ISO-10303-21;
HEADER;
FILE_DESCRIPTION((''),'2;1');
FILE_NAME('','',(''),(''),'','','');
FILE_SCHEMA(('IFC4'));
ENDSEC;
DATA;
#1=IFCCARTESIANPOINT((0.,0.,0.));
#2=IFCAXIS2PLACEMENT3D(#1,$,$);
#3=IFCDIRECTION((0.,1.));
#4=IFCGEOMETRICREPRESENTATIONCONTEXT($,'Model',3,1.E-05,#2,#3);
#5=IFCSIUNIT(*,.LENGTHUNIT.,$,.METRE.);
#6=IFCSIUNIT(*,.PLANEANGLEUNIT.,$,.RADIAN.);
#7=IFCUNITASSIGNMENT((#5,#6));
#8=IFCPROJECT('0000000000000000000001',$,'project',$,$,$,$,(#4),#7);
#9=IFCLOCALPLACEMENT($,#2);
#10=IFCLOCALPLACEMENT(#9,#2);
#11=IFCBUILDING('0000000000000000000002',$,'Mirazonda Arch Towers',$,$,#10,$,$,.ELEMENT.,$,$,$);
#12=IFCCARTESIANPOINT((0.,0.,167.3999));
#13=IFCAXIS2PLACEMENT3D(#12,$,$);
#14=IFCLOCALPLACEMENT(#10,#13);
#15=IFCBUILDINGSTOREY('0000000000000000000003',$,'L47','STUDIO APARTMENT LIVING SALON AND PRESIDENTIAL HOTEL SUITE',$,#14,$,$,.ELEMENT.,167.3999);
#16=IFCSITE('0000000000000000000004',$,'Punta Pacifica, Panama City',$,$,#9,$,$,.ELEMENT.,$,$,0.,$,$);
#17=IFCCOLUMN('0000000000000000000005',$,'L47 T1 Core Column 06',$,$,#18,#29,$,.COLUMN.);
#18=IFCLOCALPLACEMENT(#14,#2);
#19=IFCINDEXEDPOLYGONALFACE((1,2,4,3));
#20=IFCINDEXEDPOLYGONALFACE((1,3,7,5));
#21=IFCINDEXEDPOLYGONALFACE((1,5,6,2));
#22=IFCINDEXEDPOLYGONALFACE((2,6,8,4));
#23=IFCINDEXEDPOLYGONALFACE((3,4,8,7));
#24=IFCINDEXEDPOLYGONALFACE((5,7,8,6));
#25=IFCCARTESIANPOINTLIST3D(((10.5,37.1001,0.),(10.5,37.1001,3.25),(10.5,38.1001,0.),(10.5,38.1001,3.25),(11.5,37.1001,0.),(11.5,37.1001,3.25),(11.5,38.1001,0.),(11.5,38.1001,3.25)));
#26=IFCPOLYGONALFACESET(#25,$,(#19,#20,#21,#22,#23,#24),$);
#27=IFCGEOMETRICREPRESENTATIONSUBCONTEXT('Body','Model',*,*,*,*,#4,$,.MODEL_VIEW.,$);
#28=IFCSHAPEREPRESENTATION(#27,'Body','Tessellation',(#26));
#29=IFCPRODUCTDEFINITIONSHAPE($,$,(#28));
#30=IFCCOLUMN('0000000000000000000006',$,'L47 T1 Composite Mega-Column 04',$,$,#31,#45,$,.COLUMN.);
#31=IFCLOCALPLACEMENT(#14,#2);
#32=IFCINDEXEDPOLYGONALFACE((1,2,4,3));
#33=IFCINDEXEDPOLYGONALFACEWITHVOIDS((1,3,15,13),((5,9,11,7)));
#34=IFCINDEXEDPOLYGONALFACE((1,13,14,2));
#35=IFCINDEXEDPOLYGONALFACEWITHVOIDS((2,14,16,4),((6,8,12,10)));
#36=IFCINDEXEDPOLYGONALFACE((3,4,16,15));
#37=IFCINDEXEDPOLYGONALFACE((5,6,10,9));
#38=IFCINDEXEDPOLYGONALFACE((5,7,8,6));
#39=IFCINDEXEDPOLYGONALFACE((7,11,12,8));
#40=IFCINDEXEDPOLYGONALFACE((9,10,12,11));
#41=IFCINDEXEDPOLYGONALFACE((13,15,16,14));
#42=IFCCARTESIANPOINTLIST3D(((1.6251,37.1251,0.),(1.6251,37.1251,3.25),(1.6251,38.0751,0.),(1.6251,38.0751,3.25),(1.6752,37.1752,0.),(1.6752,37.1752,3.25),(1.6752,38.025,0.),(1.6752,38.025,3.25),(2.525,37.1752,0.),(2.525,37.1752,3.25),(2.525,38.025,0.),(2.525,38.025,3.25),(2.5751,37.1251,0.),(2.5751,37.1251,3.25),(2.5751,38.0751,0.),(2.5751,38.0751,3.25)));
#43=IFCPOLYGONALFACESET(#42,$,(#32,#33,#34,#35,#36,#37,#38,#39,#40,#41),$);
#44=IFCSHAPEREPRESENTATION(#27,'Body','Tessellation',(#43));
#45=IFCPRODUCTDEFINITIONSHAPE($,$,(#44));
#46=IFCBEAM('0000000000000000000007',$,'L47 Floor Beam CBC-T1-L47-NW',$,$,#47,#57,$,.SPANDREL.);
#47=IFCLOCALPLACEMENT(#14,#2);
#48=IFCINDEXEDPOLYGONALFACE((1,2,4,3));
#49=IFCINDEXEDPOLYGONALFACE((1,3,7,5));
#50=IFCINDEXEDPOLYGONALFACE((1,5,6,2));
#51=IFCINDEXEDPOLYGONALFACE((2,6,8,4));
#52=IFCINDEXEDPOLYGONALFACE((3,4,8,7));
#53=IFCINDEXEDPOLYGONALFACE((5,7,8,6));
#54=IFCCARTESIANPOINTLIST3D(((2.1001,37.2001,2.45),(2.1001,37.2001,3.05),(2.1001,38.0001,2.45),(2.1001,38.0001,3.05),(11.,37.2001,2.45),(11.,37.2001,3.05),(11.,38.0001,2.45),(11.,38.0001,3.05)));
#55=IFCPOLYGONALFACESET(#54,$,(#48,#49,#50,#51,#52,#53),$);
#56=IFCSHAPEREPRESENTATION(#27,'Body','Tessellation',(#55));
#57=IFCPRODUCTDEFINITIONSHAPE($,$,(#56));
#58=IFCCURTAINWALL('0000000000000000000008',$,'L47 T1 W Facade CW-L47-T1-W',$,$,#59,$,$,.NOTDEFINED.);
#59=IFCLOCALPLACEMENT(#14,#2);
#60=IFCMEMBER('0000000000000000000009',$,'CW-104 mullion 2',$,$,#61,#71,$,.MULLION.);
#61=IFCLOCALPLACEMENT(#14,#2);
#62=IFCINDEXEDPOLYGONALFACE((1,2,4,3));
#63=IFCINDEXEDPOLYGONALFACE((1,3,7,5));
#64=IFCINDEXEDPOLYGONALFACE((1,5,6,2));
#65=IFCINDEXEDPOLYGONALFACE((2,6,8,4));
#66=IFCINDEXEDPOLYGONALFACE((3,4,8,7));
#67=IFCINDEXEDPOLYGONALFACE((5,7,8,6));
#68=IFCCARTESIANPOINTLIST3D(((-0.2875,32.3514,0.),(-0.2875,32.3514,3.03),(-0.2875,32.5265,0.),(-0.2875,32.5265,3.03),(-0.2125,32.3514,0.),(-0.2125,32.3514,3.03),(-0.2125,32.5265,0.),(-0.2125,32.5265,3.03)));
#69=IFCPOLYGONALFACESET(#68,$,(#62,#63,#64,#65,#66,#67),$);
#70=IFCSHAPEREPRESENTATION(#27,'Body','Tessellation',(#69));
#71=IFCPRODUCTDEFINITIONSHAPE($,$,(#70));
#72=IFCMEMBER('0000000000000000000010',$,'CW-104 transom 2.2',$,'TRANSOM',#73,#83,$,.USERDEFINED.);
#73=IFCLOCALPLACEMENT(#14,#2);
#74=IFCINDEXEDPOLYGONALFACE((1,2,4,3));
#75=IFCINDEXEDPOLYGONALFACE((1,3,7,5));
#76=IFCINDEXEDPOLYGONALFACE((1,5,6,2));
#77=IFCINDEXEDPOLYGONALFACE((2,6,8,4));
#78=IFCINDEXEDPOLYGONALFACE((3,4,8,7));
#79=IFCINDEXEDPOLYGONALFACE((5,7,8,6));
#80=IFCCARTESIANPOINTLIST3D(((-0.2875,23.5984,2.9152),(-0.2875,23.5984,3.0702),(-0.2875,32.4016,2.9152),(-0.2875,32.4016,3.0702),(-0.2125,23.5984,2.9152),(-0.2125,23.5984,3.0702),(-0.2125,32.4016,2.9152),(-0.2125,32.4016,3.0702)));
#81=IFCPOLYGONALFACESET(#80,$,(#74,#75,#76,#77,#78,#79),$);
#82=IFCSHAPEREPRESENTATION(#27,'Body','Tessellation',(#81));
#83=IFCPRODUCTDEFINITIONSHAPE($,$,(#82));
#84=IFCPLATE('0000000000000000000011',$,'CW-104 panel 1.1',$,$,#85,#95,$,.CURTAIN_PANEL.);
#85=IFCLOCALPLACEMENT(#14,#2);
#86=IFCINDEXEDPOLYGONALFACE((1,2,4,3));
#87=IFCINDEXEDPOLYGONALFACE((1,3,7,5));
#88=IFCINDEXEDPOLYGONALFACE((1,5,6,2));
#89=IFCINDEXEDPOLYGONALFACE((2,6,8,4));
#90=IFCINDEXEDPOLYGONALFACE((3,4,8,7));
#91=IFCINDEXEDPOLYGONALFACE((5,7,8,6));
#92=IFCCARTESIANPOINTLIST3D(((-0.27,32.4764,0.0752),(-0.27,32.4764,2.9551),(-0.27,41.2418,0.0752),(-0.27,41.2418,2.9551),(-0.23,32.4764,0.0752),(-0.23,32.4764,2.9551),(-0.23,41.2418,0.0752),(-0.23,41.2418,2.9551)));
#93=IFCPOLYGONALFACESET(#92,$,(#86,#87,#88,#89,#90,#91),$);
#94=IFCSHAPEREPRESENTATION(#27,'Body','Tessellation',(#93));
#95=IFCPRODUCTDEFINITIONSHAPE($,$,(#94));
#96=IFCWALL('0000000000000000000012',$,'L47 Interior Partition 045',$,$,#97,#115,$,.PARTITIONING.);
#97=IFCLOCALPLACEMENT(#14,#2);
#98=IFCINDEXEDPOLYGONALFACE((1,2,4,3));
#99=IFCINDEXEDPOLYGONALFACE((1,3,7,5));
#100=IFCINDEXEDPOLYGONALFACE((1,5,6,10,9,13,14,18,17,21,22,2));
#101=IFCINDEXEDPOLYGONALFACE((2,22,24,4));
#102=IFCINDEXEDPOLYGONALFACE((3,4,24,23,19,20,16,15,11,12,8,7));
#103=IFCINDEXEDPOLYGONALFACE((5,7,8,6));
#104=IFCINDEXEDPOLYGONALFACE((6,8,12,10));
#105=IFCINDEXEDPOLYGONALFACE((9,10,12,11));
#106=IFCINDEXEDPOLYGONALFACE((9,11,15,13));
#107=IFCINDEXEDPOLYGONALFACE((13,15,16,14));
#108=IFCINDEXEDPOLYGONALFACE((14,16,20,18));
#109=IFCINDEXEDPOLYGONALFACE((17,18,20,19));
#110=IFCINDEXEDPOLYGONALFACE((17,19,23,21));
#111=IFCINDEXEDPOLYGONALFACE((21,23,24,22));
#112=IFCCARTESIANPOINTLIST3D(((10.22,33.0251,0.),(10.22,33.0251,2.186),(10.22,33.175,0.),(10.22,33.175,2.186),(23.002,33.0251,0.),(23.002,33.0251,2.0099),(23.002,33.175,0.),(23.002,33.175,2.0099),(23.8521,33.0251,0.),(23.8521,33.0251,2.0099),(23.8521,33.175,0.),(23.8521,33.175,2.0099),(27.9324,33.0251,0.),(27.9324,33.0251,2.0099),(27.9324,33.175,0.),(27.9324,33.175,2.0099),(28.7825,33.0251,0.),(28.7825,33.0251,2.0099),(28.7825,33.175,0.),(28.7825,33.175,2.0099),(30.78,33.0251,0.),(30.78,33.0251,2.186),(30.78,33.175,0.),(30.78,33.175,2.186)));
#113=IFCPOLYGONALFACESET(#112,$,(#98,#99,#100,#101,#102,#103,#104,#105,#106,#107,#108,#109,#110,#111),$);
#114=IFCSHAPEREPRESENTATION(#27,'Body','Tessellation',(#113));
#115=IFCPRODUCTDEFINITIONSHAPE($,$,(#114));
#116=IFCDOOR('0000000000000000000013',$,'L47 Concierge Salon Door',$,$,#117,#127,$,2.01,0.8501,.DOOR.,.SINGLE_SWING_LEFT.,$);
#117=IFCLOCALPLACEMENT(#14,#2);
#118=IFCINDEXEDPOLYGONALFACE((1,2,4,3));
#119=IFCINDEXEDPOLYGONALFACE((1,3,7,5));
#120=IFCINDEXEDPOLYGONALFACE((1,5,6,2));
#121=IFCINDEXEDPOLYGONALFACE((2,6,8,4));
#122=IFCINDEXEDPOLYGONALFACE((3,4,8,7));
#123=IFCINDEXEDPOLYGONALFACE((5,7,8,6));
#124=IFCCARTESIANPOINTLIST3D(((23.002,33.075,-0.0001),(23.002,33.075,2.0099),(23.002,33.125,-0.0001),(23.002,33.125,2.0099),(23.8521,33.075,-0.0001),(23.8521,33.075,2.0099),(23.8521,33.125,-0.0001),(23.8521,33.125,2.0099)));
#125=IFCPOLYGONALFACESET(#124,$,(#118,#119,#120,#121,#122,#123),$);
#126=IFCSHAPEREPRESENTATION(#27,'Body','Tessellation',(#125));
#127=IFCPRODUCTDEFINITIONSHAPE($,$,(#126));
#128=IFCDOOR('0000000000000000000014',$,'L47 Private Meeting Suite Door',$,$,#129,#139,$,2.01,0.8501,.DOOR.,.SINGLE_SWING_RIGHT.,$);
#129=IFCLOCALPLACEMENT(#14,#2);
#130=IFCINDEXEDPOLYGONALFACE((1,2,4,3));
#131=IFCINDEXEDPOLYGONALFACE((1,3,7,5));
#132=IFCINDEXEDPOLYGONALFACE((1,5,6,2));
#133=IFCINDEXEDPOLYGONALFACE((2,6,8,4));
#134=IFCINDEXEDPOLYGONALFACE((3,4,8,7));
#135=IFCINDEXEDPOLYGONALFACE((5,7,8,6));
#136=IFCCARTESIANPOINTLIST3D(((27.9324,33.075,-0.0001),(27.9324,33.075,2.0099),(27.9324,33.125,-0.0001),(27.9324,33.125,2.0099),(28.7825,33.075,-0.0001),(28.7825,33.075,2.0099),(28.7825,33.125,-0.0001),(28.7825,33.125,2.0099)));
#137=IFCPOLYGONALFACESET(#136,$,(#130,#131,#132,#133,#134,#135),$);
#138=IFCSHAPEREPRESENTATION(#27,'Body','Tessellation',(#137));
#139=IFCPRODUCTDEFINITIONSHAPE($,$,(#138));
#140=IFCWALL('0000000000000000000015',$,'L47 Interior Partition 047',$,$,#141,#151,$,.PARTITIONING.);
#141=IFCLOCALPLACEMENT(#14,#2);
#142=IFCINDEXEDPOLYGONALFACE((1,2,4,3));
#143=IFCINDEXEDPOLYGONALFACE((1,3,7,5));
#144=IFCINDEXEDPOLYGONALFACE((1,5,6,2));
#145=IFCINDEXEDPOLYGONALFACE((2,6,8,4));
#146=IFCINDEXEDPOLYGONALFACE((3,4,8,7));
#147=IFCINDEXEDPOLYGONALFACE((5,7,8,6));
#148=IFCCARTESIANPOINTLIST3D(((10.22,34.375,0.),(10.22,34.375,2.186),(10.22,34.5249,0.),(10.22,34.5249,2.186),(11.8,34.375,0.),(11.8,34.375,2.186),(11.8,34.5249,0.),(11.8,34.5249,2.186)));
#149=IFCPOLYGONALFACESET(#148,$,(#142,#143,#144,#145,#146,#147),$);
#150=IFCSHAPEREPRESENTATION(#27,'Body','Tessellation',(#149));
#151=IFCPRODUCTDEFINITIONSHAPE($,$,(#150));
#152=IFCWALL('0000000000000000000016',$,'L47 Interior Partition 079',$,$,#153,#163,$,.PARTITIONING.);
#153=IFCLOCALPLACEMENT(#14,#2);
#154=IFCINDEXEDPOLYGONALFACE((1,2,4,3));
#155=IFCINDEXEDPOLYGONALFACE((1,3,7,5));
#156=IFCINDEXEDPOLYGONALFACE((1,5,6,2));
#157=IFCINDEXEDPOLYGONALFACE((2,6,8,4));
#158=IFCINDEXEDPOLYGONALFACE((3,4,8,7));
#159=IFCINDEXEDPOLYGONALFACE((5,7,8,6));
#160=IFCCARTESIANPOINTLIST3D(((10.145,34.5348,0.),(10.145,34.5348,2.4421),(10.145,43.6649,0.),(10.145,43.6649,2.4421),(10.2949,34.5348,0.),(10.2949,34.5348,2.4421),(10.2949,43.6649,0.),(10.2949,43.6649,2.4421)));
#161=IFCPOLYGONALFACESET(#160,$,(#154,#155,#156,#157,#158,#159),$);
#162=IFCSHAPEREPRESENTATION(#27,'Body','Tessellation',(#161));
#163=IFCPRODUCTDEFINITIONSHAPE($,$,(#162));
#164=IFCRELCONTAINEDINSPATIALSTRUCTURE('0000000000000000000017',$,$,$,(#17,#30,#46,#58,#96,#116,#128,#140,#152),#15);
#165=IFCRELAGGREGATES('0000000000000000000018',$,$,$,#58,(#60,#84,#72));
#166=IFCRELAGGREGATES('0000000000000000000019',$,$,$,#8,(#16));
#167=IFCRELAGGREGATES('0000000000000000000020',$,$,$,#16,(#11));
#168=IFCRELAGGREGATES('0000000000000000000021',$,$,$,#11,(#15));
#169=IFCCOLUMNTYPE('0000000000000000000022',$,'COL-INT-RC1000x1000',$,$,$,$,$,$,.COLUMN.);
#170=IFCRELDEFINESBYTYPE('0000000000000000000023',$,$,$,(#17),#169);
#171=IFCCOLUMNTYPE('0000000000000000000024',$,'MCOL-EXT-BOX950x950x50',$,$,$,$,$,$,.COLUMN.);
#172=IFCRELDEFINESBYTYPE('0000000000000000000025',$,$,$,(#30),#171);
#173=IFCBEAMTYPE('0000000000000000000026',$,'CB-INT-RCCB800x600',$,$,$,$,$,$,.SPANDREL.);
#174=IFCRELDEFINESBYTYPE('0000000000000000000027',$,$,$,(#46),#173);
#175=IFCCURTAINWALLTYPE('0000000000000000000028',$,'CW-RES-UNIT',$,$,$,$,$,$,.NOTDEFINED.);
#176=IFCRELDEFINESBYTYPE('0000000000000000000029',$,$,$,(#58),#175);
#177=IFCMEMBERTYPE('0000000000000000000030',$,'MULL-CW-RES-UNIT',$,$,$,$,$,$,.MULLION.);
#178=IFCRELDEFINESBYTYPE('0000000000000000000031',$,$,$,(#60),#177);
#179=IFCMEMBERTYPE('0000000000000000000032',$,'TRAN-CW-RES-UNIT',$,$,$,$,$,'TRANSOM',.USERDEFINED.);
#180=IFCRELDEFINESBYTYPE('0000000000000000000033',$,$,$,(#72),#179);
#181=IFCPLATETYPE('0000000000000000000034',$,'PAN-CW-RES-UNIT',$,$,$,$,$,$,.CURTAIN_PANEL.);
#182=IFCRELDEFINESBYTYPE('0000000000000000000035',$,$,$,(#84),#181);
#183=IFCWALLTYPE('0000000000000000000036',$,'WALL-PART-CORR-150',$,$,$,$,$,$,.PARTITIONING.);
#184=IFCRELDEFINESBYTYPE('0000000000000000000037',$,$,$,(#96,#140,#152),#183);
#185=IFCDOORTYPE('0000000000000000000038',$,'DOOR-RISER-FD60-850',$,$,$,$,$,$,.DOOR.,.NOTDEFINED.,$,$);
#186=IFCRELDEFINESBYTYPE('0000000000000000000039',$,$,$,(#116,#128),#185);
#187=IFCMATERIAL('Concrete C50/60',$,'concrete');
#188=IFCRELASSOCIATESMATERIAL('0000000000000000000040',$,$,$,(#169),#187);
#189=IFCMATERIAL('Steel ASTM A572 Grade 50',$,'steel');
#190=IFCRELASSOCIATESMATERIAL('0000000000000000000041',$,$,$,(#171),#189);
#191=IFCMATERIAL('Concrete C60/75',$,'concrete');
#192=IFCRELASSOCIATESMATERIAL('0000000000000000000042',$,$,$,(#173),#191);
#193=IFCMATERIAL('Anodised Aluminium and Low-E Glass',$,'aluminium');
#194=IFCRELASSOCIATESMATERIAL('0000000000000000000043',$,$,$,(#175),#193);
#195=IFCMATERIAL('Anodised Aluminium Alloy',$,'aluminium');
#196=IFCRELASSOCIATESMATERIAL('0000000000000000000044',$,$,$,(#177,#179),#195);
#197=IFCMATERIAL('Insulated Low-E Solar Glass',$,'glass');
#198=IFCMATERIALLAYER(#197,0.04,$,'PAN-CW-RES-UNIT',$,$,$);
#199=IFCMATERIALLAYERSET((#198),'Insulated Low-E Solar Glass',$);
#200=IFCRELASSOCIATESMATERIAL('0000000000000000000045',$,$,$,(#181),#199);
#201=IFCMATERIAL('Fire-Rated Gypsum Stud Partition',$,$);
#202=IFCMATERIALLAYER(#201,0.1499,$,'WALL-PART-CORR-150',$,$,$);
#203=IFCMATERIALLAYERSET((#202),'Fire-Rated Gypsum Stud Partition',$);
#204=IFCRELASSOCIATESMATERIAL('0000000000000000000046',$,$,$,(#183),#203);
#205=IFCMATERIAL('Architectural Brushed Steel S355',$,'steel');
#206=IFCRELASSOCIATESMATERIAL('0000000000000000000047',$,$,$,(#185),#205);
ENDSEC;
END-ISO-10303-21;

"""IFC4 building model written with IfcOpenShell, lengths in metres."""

from ifc_helpers import new_model, si_unit, direction, frame, frame_2d, origin, origin_2d, place, context, subcontext, project, spatial, rectangle, hollow_rectangle, extrude, material, layer, layer_set, material_profile, profile_set, type_object, element, fill, aggregate, save


model = new_model("IFC4")

# Units and contexts
model_context = context("Model", 3, precision=1e-05, world=origin(), true_north=direction((0.0, 1.0)))
body_context = subcontext(model_context, "Body", "Model", "MODEL_VIEW")
ifc_project = project(units=[si_unit("LENGTHUNIT", "METRE"), si_unit("PLANEANGLEUNIT", "RADIAN")], contexts=[model_context])

# Site, building, storey
site_placement = place(None, origin())
site = spatial("IfcSite", under=ifc_project, at=site_placement, Name="Punta Pacifica, Panama City", CompositionType="ELEMENT", RefElevation=0.0)
building_placement = place(site_placement, origin())
building = spatial("IfcBuilding", under=site, at=building_placement, Name="Mirazonda Arch Towers", CompositionType="ELEMENT")
storey_placement = place(building_placement, frame((0.0, 0.0, 167.3999)))
storey = spatial("IfcBuildingStorey", under=building, at=storey_placement, Name="L47", Description="STUDIO APARTMENT LIVING SALON AND PRESIDENTIAL HOTEL SUITE", CompositionType="ELEMENT", Elevation=167.3999)

# Columns
ifc_material_1 = material(Name="Concrete C50/60", Category="concrete")
ifc_material_profile_1 = material_profile(ifc_material_1, rectangle(XDim=1.0, YDim=1.0, at=origin_2d()), Name="RC1000x1000")
ifc_profile_set_1 = profile_set([ifc_material_profile_1], Name="Concrete C50/60")
column_type_1 = type_object("IfcColumnType", Name="COL-INT-RC1000x1000", PredefinedType="COLUMN", material=ifc_profile_set_1)
column_1_placement = place(storey_placement, frame((11.0, 37.6001, 0.0), z_axis=(0.0, 0.0, 1.0), x_axis=(1.0, 0.0, 0.0)))
element("IfcColumn", 1, at=column_1_placement, inside=storey, type_object=column_type_1, Name="L47 T1 Core Column 06", PredefinedType="COLUMN", context=body_context, shape_type="SweptSolid", body=[
    extrude(rectangle(XDim=1.0, YDim=1.0, at=origin_2d()), origin(), (0.0, 0.0, 1.0), 3.25),
])
ifc_material_2 = material(Name="Steel ASTM A572 Grade 50", Category="steel")
ifc_material_profile_2 = material_profile(ifc_material_2, hollow_rectangle(XDim=0.95, YDim=0.95, WallThickness=0.05, at=origin_2d()), Name="BOX950x950x50")
ifc_profile_set_2 = profile_set([ifc_material_profile_2], Name="Steel ASTM A572 Grade 50")
column_type_2 = type_object("IfcColumnType", Name="MCOL-EXT-BOX950x950x50", PredefinedType="COLUMN", material=ifc_profile_set_2)
column_2_placement = place(storey_placement, frame((2.1001, 37.6001, 0.0), z_axis=(0.0, 0.0, 1.0), x_axis=(1.0, 0.0, 0.0)))
element("IfcColumn", 2, at=column_2_placement, inside=storey, type_object=column_type_2, Name="L47 T1 Composite Mega-Column 04", PredefinedType="COLUMN", context=body_context, shape_type="SweptSolid", body=[
    extrude(hollow_rectangle(XDim=0.95, YDim=0.95, WallThickness=0.05, at=origin_2d()), origin(), (0.0, 0.0, 1.0), 3.25),
])

# Beam
ifc_material_3 = material(Name="Concrete C60/75", Category="concrete")
ifc_material_profile_3 = material_profile(ifc_material_3, rectangle(XDim=0.8, YDim=0.6001, at=origin_2d()), Name="RCCB800x600")
ifc_profile_set_3 = profile_set([ifc_material_profile_3], Name="Concrete C60/75")
beam_type = type_object("IfcBeamType", Name="CB-INT-RCCB800x600", PredefinedType="SPANDREL", material=ifc_profile_set_3)
beam_placement = place(storey_placement, frame((2.1001, 37.6001, 2.75), z_axis=(1.0, 0.0, 0.0), x_axis=(0.0, 1.0, 0.0)))
element("IfcBeam", 3, at=beam_placement, inside=storey, type_object=beam_type, Name="L47 Floor Beam CBC-T1-L47-NW", PredefinedType="SPANDREL", context=body_context, shape_type="SweptSolid", body=[
    extrude(rectangle(XDim=0.8, YDim=0.6001, at=origin_2d()), origin(), (0.0, 0.0, 1.0), 8.8999),
])

# Curtain wall, members, plate
ifc_material_4 = material(Name="Anodised Aluminium and Low-E Glass", Category="aluminium")
curtain_wall_type = type_object("IfcCurtainWallType", Name="CW-RES-UNIT", PredefinedType="NOTDEFINED", material=ifc_material_4)
curtain_wall_placement = place(storey_placement, origin())
curtain_wall = element("IfcCurtainWall", 4, at=curtain_wall_placement, inside=storey, type_object=curtain_wall_type, Name="L47 T1 W Facade CW-L47-T1-W", PredefinedType="NOTDEFINED")
ifc_material_5 = material(Name="Anodised Aluminium Alloy", Category="aluminium")
ifc_material_profile_4 = material_profile(ifc_material_5, rectangle(XDim=0.075, YDim=0.175, at=origin_2d()), Name="ALU-MULL-75x175")
ifc_profile_set_4 = profile_set([ifc_material_profile_4], Name="Anodised Aluminium Alloy")
member_type_1 = type_object("IfcMemberType", Name="MULL-CW-RES-UNIT", PredefinedType="MULLION", material=ifc_profile_set_4)
member_1_placement = place(storey_placement, frame((-0.25, 32.439, 0.0), z_axis=(0.0, 0.0, 1.0), x_axis=(1.0, 0.0, 0.0)))
member_1 = element("IfcMember", 5, at=member_1_placement, type_object=member_type_1, Name="CW-104 mullion 2", PredefinedType="MULLION", context=body_context, shape_type="SweptSolid", body=[
    extrude(rectangle(XDim=0.075, YDim=0.175, at=origin_2d()), origin(), (0.0, 0.0, 1.0), 3.03),
])
ifc_material_profile_5 = material_profile(ifc_material_5, rectangle(XDim=0.075, YDim=0.155, at=origin_2d()), Name="ALU-TRAN-75x155")
ifc_profile_set_5 = profile_set([ifc_material_profile_5], Name="Anodised Aluminium Alloy")
member_type_2 = type_object("IfcMemberType", Name="TRAN-CW-RES-UNIT", ElementType="TRANSOM", PredefinedType="USERDEFINED", material=ifc_profile_set_5)
member_2_placement = place(storey_placement, frame((-0.25, 32.4016, 2.9927), z_axis=(0.0, -1.0, 0.0), x_axis=(1.0, 0.0, 0.0)))
member_2 = element("IfcMember", 6, at=member_2_placement, type_object=member_type_2, Name="CW-104 transom 2.2", ObjectType="TRANSOM", PredefinedType="USERDEFINED", context=body_context, shape_type="SweptSolid", body=[
    extrude(rectangle(XDim=0.075, YDim=0.155, at=origin_2d()), origin(), (0.0, 0.0, 1.0), 8.8032),
])
ifc_material_6 = material(Name="Insulated Low-E Solar Glass", Category="glass")
ifc_layer_1 = layer(ifc_material_6, 0.04, Name="PAN-CW-RES-UNIT")
ifc_layer_set_1 = layer_set([ifc_layer_1], Name="Insulated Low-E Solar Glass")
plate_type = type_object("IfcPlateType", Name="PAN-CW-RES-UNIT", PredefinedType="CURTAIN_PANEL", material=ifc_layer_set_1)
plate_placement = place(storey_placement, frame((-0.25, 36.8591, 0.0752), z_axis=(0.0, 0.0, 1.0), x_axis=(0.0, -1.0, 0.0)))
plate = element("IfcPlate", 7, at=plate_placement, type_object=plate_type, Name="CW-104 panel 1.1", PredefinedType="CURTAIN_PANEL", context=body_context, shape_type="SweptSolid", body=[
    extrude(rectangle(XDim=8.7654, YDim=0.04, at=origin_2d()), origin(), (0.0, 0.0, 1.0), 2.8799),
])
aggregate(curtain_wall, [member_1, plate, member_2])

# Wall, openings, doors
ifc_material_7 = material(Name="Fire-Rated Gypsum Stud Partition")
ifc_layer_2 = layer(ifc_material_7, 0.1499, Name="WALL-PART-CORR-150")
ifc_layer_set_2 = layer_set([ifc_layer_2], Name="Fire-Rated Gypsum Stud Partition")
wall_type_1 = type_object("IfcWallType", Name="WALL-PART-CORR-150", PredefinedType="PARTITIONING", material=ifc_layer_set_2)
wall_1_placement = place(storey_placement, frame((10.22, 33.1001, 0.0), z_axis=(0.0, 0.0, 1.0), x_axis=(1.0, 0.0, 0.0)))
wall_1 = element("IfcWall", 8, at=wall_1_placement, inside=storey, type_object=wall_type_1, Name="L47 Interior Partition 045", PredefinedType="PARTITIONING", context=body_context, shape_type="SweptSolid", body=[
    extrude(rectangle(XDim=20.5601, YDim=0.1499, at=frame_2d((10.28, 0.0))), origin(), (0.0, 0.0, 1.0), 2.186),
])
opening_1_placement = place(wall_1_placement, frame((12.782, 0.0, 0.0)))
opening_1 = element("IfcOpeningElement", 9, at=opening_1_placement, cuts=wall_1, PredefinedType="OPENING", context=body_context, shape_type="SweptSolid", body=[
    extrude(rectangle(XDim=0.8501, YDim=2.01, at=frame_2d((0.425, 1.0049))), frame((0.0, 0.085, 0.0), z_axis=(0.0, -1.0, 0.0), x_axis=(1.0, 0.0, 0.0)), (0.0, 0.0, 1.0), 0.1699),
])
opening_2_placement = place(wall_1_placement, frame((17.7124, 0.0, 0.0)))
opening_2 = element("IfcOpeningElement", 10, at=opening_2_placement, cuts=wall_1, PredefinedType="OPENING", context=body_context, shape_type="SweptSolid", body=[
    extrude(rectangle(XDim=0.8501, YDim=2.01, at=frame_2d((0.425, 1.0049))), frame((0.0, 0.085, 0.0), z_axis=(0.0, -1.0, 0.0), x_axis=(1.0, 0.0, 0.0)), (0.0, 0.0, 1.0), 0.1699),
])
ifc_material_8 = material(Name="Architectural Brushed Steel S355", Category="steel")
door_type_1 = type_object("IfcDoorType", Name="DOOR-RISER-FD60-850", OperationType="NOTDEFINED", PredefinedType="DOOR", material=ifc_material_8)
door_1_placement = place(opening_1_placement, origin())
door_1 = element("IfcDoor", 11, at=door_1_placement, inside=storey, type_object=door_type_1, Name="L47 Concierge Salon Door", OperationType="SINGLE_SWING_LEFT", OverallHeight=2.01, OverallWidth=0.8501, PredefinedType="DOOR", context=body_context, shape_type="SweptSolid", body=[
    extrude(rectangle(XDim=0.8501, YDim=2.01, at=frame_2d((0.425, 1.0049))), frame((0.0, 0.0249, 0.0), z_axis=(0.0, -1.0, 0.0), x_axis=(1.0, 0.0, 0.0)), (0.0, 0.0, 1.0), 0.05),
])
fill(opening_1, door_1)
door_2_placement = place(opening_2_placement, origin())
door_2 = element("IfcDoor", 12, at=door_2_placement, inside=storey, type_object=door_type_1, Name="L47 Private Meeting Suite Door", OperationType="SINGLE_SWING_RIGHT", OverallHeight=2.01, OverallWidth=0.8501, PredefinedType="DOOR", context=body_context, shape_type="SweptSolid", body=[
    extrude(rectangle(XDim=0.8501, YDim=2.01, at=frame_2d((0.425, 1.0049))), frame((0.0, 0.0249, 0.0), z_axis=(0.0, -1.0, 0.0), x_axis=(1.0, 0.0, 0.0)), (0.0, 0.0, 1.0), 0.05),
])
fill(opening_2, door_2)

# Walls
wall_2_placement = place(storey_placement, frame((10.22, 34.45, 0.0), z_axis=(0.0, 0.0, 1.0), x_axis=(1.0, 0.0, 0.0)))
element("IfcWall", 13, at=wall_2_placement, inside=storey, type_object=wall_type_1, Name="L47 Interior Partition 047", PredefinedType="PARTITIONING", context=body_context, shape_type="SweptSolid", body=[
    extrude(rectangle(XDim=1.5801, YDim=0.1499, at=frame_2d((0.79, 0.0))), origin(), (0.0, 0.0, 1.0), 2.186),
])
wall_3_placement = place(storey_placement, frame((10.22, 34.5349, 0.0), z_axis=(0.0, 0.0, 1.0), x_axis=(0.0, 1.0, 0.0)))
element("IfcWall", 14, at=wall_3_placement, inside=storey, type_object=wall_type_1, Name="L47 Interior Partition 079", PredefinedType="PARTITIONING", context=body_context, shape_type="SweptSolid", body=[
    extrude(rectangle(XDim=9.1301, YDim=0.1499, at=frame_2d((4.5649, 0.0))), origin(), (0.0, 0.0, 1.0), 2.4421),
])

save(model, "model.ifc")
